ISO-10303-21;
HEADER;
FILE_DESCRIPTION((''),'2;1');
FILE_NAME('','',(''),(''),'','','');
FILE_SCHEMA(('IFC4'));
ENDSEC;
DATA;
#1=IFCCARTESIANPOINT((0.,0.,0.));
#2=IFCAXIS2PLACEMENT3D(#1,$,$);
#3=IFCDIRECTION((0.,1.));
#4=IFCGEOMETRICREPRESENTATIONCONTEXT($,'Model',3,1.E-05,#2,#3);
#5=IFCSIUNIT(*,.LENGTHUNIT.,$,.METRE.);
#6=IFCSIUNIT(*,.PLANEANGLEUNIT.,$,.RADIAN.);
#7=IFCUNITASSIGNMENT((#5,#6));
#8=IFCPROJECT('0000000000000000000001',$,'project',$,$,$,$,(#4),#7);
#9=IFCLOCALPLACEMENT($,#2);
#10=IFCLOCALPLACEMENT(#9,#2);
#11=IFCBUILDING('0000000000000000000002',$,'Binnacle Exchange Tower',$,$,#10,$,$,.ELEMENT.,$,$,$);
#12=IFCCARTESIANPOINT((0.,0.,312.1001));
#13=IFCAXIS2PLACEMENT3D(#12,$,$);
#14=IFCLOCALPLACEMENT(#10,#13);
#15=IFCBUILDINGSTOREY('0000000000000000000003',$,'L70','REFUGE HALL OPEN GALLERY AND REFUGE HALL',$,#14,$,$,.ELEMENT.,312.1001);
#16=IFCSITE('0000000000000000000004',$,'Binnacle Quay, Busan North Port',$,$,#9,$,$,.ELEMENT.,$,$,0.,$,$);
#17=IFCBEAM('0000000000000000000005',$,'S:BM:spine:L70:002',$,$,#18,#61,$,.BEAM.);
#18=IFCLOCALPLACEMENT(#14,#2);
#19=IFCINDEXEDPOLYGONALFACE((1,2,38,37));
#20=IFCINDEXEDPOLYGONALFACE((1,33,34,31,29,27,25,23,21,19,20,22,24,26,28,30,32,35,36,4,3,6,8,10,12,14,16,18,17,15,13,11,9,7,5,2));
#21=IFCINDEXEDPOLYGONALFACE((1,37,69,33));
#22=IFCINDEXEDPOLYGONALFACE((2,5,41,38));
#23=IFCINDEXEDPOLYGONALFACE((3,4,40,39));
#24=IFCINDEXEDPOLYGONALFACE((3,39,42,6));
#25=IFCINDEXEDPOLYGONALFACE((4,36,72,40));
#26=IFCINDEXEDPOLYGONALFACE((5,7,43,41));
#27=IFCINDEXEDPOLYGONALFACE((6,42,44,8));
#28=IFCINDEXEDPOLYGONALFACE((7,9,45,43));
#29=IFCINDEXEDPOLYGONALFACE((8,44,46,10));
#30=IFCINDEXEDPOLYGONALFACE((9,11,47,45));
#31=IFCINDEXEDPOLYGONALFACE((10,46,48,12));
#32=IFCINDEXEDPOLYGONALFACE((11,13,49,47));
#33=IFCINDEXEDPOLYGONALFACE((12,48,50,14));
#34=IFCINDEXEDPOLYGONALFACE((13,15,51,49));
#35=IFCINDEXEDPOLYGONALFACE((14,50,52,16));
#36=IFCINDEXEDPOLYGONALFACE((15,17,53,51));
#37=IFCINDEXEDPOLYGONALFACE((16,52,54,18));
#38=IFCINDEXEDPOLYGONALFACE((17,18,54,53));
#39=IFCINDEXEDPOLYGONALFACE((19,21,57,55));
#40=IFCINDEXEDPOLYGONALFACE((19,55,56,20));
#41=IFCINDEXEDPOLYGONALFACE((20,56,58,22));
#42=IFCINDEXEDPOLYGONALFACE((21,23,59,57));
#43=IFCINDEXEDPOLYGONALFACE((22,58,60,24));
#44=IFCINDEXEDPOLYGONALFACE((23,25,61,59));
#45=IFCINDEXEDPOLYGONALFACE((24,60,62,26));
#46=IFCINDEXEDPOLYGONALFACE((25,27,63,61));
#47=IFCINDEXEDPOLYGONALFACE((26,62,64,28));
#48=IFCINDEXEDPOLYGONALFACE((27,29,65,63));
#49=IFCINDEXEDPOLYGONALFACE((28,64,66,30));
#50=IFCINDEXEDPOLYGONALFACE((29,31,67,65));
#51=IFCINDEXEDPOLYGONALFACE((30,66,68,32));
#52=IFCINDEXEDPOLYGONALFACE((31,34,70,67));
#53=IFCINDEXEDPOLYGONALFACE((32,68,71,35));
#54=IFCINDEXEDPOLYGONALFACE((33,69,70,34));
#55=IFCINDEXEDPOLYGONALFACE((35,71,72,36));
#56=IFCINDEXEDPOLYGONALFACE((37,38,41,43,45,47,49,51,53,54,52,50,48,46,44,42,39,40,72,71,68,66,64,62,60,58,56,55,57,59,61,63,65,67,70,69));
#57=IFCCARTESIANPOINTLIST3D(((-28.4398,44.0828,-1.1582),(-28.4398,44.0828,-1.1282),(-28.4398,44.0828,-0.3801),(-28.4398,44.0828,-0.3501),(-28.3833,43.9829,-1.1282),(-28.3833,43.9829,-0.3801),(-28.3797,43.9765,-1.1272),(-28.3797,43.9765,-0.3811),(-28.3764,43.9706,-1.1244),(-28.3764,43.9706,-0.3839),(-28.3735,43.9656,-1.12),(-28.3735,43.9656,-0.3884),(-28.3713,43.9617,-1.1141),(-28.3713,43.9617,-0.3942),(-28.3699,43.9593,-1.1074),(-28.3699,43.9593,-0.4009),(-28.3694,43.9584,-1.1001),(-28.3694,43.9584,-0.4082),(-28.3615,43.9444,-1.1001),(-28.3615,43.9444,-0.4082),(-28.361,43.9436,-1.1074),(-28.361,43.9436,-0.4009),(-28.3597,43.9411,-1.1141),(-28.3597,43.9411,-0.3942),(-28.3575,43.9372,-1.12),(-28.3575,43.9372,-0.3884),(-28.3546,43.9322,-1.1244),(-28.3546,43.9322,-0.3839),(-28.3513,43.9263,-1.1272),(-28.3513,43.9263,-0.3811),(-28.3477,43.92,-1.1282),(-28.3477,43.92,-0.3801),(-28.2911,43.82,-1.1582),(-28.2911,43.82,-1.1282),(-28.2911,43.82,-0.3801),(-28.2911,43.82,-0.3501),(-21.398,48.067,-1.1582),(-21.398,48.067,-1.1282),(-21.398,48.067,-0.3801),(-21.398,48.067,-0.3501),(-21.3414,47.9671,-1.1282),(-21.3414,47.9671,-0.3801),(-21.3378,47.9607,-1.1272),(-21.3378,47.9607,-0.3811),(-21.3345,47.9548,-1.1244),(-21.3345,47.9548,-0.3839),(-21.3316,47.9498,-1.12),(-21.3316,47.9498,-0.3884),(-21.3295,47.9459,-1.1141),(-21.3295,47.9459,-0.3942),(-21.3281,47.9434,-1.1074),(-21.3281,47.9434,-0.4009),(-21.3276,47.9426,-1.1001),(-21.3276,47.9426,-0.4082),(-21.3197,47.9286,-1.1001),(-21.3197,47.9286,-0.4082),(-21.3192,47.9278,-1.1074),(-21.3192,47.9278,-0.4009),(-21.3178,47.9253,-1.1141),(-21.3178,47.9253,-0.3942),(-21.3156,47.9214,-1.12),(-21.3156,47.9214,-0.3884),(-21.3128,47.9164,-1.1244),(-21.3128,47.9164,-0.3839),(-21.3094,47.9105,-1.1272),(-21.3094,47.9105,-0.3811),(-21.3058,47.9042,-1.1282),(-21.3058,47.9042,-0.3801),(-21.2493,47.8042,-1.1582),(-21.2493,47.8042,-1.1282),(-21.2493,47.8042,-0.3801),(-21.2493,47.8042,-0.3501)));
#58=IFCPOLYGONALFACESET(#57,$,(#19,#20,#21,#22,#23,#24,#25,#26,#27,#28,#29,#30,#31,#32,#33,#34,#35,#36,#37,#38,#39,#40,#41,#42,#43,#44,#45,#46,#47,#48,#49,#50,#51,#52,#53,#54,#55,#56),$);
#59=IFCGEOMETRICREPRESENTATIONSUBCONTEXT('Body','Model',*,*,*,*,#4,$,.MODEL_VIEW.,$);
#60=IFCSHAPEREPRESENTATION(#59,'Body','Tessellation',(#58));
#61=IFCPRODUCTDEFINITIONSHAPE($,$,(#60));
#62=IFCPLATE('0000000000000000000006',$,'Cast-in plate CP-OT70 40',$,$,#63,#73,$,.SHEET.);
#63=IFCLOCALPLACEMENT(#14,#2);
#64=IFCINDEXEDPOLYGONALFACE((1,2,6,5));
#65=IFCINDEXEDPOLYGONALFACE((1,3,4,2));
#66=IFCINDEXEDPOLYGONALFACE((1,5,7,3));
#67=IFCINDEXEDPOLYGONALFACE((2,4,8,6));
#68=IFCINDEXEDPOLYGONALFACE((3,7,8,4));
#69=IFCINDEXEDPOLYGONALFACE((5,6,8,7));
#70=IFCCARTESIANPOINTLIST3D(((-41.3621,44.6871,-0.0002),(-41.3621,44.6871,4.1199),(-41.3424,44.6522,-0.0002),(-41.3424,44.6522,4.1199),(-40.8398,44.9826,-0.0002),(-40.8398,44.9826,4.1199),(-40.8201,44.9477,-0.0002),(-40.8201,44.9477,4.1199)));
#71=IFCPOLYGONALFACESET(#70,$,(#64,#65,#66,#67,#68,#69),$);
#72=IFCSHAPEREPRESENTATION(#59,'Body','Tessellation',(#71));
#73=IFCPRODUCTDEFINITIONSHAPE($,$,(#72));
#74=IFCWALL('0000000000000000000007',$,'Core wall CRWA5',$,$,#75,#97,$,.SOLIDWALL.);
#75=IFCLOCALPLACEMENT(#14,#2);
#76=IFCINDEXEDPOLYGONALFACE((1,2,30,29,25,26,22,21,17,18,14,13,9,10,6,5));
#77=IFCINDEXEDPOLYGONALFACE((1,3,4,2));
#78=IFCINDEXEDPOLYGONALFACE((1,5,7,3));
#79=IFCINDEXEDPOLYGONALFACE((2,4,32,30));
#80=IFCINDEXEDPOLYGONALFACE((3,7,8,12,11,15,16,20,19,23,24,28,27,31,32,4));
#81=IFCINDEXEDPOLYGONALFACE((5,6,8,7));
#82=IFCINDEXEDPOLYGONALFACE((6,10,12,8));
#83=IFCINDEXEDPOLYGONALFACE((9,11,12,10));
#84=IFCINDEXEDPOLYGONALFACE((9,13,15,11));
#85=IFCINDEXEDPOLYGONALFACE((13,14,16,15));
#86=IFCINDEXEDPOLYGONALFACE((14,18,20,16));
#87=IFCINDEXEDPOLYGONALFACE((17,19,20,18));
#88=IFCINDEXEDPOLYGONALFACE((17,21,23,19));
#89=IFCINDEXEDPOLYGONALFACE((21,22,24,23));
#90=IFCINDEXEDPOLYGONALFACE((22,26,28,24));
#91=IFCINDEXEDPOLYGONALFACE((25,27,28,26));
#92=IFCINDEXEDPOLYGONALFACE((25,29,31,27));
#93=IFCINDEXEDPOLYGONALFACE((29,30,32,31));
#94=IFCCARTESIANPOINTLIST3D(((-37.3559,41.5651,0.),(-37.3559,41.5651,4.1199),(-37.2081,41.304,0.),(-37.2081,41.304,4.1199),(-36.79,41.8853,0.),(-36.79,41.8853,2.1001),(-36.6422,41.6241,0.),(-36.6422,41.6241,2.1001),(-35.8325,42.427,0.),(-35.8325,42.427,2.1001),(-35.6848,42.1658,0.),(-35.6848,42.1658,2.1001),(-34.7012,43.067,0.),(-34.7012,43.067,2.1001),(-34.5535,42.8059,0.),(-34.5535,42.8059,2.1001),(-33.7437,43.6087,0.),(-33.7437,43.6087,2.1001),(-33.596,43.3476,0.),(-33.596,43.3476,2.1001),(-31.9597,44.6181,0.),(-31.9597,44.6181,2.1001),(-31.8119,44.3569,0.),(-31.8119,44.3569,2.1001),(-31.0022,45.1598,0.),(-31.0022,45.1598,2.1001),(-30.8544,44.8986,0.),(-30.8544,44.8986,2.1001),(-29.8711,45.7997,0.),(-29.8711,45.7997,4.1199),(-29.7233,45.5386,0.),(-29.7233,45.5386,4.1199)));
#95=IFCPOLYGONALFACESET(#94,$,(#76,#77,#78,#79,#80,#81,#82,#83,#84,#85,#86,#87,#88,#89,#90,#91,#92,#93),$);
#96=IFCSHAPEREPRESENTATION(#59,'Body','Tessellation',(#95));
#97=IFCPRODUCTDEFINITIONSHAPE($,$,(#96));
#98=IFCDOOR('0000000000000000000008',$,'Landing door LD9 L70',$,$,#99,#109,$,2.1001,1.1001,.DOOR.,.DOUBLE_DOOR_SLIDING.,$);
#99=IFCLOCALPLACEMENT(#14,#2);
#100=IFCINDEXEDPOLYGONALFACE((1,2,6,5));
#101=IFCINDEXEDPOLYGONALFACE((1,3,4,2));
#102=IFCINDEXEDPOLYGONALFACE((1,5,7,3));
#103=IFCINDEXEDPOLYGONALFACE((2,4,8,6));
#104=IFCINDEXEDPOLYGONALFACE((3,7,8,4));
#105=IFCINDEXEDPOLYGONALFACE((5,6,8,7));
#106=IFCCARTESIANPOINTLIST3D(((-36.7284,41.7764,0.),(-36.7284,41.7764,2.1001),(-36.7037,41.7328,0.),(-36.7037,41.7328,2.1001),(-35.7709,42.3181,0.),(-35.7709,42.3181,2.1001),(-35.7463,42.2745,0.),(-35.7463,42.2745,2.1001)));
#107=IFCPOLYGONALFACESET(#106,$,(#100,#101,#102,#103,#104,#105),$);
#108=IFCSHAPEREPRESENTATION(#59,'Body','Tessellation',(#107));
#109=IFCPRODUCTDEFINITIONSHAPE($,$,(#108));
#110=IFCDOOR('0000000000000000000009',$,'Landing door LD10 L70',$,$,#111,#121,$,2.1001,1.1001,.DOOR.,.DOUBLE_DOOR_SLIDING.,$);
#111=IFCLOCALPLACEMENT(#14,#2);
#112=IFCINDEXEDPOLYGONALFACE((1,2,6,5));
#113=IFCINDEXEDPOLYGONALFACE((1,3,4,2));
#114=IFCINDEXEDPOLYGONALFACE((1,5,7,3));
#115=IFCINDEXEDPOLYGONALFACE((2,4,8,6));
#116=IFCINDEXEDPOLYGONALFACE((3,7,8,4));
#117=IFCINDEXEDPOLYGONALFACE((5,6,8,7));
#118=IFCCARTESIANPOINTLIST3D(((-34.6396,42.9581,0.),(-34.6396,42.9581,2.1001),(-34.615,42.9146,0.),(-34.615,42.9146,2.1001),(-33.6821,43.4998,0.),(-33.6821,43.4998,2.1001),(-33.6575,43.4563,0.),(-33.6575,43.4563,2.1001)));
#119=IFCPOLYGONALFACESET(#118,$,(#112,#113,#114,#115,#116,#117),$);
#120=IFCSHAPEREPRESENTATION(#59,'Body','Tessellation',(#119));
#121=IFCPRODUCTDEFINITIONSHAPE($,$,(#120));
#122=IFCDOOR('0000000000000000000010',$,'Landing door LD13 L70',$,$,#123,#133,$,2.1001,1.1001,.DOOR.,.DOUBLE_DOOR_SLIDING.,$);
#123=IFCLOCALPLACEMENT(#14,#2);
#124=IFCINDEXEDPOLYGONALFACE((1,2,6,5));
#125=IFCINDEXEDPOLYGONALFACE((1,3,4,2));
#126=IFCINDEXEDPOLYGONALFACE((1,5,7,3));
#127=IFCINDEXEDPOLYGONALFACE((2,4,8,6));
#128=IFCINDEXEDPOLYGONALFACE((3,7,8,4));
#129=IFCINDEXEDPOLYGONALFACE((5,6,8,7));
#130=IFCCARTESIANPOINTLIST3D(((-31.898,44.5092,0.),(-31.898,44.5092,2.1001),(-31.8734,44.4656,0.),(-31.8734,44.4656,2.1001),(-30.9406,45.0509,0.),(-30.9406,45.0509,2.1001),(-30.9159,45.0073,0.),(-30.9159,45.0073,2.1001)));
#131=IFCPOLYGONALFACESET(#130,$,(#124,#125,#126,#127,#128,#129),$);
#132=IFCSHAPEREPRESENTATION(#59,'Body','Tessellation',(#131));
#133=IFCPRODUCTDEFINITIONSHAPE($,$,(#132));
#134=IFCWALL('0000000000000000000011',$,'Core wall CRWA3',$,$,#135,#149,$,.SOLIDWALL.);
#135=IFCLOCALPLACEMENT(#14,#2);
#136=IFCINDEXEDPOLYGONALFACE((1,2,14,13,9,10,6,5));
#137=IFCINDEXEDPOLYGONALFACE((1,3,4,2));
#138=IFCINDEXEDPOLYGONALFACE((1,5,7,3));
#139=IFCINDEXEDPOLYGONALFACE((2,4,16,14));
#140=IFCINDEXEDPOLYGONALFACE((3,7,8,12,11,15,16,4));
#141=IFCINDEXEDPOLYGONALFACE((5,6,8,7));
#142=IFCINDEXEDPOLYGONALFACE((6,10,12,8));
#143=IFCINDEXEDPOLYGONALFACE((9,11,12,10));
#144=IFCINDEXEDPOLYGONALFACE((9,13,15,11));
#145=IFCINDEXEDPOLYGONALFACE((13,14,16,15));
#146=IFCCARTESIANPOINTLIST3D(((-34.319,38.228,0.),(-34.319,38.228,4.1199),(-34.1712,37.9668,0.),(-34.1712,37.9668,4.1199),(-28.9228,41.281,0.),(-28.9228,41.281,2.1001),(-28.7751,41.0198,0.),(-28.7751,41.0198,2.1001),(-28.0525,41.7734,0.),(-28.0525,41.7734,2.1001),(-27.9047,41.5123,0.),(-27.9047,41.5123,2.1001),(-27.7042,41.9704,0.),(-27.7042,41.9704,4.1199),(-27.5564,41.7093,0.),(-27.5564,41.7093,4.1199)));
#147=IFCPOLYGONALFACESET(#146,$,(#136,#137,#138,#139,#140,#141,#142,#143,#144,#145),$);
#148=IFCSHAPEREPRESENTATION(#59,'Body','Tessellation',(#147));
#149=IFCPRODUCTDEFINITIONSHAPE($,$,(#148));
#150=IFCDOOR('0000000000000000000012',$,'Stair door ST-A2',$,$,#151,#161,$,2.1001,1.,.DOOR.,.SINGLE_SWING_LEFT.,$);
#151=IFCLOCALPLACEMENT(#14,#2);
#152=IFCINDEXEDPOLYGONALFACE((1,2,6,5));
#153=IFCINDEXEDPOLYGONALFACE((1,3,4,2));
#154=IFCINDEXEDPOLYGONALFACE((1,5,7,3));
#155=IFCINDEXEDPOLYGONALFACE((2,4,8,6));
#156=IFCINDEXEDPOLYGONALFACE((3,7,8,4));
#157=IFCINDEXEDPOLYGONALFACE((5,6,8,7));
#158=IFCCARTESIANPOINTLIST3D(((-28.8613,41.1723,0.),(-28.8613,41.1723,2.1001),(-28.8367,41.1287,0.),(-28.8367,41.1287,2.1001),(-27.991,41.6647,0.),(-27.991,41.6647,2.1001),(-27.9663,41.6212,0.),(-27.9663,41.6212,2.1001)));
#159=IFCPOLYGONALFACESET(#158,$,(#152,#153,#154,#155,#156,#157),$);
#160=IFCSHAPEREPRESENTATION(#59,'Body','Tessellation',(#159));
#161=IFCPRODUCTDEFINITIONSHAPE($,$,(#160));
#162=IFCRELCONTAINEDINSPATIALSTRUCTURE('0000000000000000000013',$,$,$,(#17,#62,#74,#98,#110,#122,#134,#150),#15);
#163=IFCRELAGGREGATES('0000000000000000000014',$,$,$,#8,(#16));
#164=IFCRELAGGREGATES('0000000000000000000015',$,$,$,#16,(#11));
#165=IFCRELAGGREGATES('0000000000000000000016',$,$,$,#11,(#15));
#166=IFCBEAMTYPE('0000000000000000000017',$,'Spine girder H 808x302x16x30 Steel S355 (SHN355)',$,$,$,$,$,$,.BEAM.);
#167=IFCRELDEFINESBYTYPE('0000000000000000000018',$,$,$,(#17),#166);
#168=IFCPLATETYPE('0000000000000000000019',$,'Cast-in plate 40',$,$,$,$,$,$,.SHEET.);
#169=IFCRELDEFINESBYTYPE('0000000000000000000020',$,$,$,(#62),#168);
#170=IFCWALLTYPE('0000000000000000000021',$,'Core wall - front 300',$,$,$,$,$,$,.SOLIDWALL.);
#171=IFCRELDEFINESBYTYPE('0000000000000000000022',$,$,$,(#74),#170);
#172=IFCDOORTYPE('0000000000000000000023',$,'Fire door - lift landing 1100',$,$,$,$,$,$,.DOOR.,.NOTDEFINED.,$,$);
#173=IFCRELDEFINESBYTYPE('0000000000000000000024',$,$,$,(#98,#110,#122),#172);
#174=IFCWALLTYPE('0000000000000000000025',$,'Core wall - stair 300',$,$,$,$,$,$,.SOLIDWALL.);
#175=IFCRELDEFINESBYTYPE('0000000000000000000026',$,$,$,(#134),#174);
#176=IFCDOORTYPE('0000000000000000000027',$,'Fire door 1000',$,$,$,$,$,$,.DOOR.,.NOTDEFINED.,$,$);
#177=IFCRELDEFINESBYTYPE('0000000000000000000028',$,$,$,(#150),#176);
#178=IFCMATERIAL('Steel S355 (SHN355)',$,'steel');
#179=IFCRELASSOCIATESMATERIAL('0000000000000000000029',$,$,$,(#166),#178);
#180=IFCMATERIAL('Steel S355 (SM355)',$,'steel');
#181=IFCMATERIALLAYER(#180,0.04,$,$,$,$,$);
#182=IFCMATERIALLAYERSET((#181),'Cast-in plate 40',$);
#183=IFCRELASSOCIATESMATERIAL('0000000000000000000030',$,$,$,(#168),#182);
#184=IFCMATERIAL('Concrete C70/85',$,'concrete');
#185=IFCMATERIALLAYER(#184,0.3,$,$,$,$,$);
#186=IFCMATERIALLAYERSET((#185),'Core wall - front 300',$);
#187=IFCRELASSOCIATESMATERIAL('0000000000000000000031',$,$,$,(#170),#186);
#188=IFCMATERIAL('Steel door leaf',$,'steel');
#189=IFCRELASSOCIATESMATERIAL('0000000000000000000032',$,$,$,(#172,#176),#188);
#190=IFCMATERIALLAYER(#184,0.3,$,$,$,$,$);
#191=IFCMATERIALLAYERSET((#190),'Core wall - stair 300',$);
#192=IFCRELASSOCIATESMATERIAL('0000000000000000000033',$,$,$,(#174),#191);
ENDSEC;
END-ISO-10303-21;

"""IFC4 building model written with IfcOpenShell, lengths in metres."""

from ifc_helpers import new_model, si_unit, direction, frame, frame_2d, origin, origin_2d, place, context, subcontext, project, spatial, rectangle, i_section, extrude, material, layer, layer_set, material_profile, profile_set, type_object, element, fill, save


model = new_model("IFC4")

# Units and contexts
model_context = context("Model", 3, precision=1e-05, world=origin(), true_north=direction((0.0, 1.0)))
body_context = subcontext(model_context, "Body", "Model", "MODEL_VIEW")
ifc_project = project(units=[si_unit("LENGTHUNIT", "METRE"), si_unit("PLANEANGLEUNIT", "RADIAN")], contexts=[model_context])

# Site, building, storey
site_placement = place(None, origin())
site = spatial("IfcSite", under=ifc_project, at=site_placement, Name="Binnacle Quay, Busan North Port", CompositionType="ELEMENT", RefElevation=0.0)
building_placement = place(site_placement, origin())
building = spatial("IfcBuilding", under=site, at=building_placement, Name="Binnacle Exchange Tower", CompositionType="ELEMENT")
storey_placement = place(building_placement, frame((0.0, 0.0, 312.1001)))
storey = spatial("IfcBuildingStorey", under=building, at=storey_placement, Name="L70", Description="REFUGE HALL OPEN GALLERY AND REFUGE HALL", CompositionType="ELEMENT", Elevation=312.1001)

# Beam
ifc_material_1 = material(Name="Steel S355 (SHN355)", Category="steel")
ifc_material_profile = material_profile(ifc_material_1, i_section(OverallWidth=0.302, OverallDepth=0.8081, WebThickness=0.0161, FlangeThickness=0.03, FilletRadius=0.0281, at=origin_2d()), Name="H 808x302x16x30")
ifc_profile_set = profile_set([ifc_material_profile], Name="Steel S355 (SHN355)")
beam_type = type_object("IfcBeamType", Name="Spine girder H 808x302x16x30 Steel S355 (SHN355)", PredefinedType="BEAM", material=ifc_profile_set)
beam_placement = place(storey_placement, frame((-28.3655, 43.9514, -0.7542), z_axis=(0.87035, 0.492433, 0.0), x_axis=(-0.492433, 0.87035, 0.0)))
element("IfcBeam", 1, at=beam_placement, inside=storey, type_object=beam_type, Name="S:BM:spine:L70:002", PredefinedType="BEAM", context=body_context, shape_type="SweptSolid", body=[
    extrude(i_section(OverallWidth=0.302, OverallDepth=0.8081, WebThickness=0.0161, FlangeThickness=0.03, FilletRadius=0.0281, at=origin_2d()), origin(), (0.0, 0.0, 1.0), 8.0908),
])

# Plate
ifc_material_2 = material(Name="Steel S355 (SM355)", Category="steel")
ifc_layer_1 = layer(ifc_material_2, 0.04)
ifc_layer_set_1 = layer_set([ifc_layer_1], Name="Cast-in plate 40")
plate_type = type_object("IfcPlateType", Name="Cast-in plate 40", PredefinedType="SHEET", material=ifc_layer_set_1)
plate_placement = place(storey_placement, frame((-41.0911, 44.8174, -0.0002), z_axis=(0.0, 0.0, 1.0), x_axis=(0.492424, -0.870356, 0.0)))
element("IfcPlate", 2, at=plate_placement, inside=storey, type_object=plate_type, Name="Cast-in plate CP-OT70 40", PredefinedType="SHEET", context=body_context, shape_type="SweptSolid", body=[
    extrude(rectangle(XDim=0.04, YDim=0.6001, at=origin_2d()), origin(), (0.0, 0.0, 1.0), 4.1201),
])

# Wall, openings, doors
ifc_material_3 = material(Name="Concrete C70/85", Category="concrete")
ifc_layer_2 = layer(ifc_material_3, 0.3)
ifc_layer_set_2 = layer_set([ifc_layer_2], Name="Core wall - front 300")
wall_type_1 = type_object("IfcWallType", Name="Core wall - front 300", PredefinedType="SOLIDWALL", material=ifc_layer_set_2)
wall_1_placement = place(storey_placement, frame((-37.282, 41.4346, 0.0), z_axis=(0.0, 0.0, 1.0), x_axis=(0.870361, 0.492414, 0.0)))
wall_1 = element("IfcWall", 3, at=wall_1_placement, inside=storey, type_object=wall_type_1, Name="Core wall CRWA5", PredefinedType="SOLIDWALL", context=body_context, shape_type="SweptSolid", body=[
    extrude(rectangle(XDim=8.5996, YDim=0.3, at=frame_2d((4.2998, 0.0))), origin(), (0.0, 0.0, 1.0), 4.1199),
])
opening_1_placement = place(wall_1_placement, frame((0.6501, 0.0, 0.0)))
opening_1 = element("IfcOpeningElement", 4, at=opening_1_placement, cuts=wall_1, PredefinedType="OPENING", context=body_context, shape_type="SweptSolid", body=[
    extrude(rectangle(XDim=1.1001, YDim=2.1001, at=frame_2d((0.55, 1.05))), frame((0.0, 0.1599, 0.0), z_axis=(0.0, -1.0, 0.0), x_axis=(1.0, 0.0, 0.0)), (0.0, 0.0, 1.0), 0.3201),
])
opening_2_placement = place(wall_1_placement, frame((3.05, 0.0, 0.0)))
opening_2 = element("IfcOpeningElement", 5, at=opening_2_placement, cuts=wall_1, PredefinedType="OPENING", context=body_context, shape_type="SweptSolid", body=[
    extrude(rectangle(XDim=1.1001, YDim=2.1001, at=frame_2d((0.55, 1.05))), frame((0.0, 0.1599, 0.0), z_axis=(0.0, -1.0, 0.0), x_axis=(1.0, 0.0, 0.0)), (0.0, 0.0, 1.0), 0.3201),
])
opening_3_placement = place(wall_1_placement, frame((6.2, 0.0, 0.0)))
opening_3 = element("IfcOpeningElement", 6, at=opening_3_placement, cuts=wall_1, PredefinedType="OPENING", context=body_context, shape_type="SweptSolid", body=[
    extrude(rectangle(XDim=1.1001, YDim=2.1001, at=frame_2d((0.55, 1.05))), frame((0.0, 0.1599, 0.0), z_axis=(0.0, -1.0, 0.0), x_axis=(1.0, 0.0, 0.0)), (0.0, 0.0, 1.0), 0.3201),
])
ifc_material_4 = material(Name="Steel door leaf", Category="steel")
door_type_1 = type_object("IfcDoorType", Name="Fire door - lift landing 1100", OperationType="NOTDEFINED", PredefinedType="DOOR", material=ifc_material_4)
door_1_placement = place(opening_1_placement, origin())
door_1 = element("IfcDoor", 7, at=door_1_placement, inside=storey, type_object=door_type_1, Name="Landing door LD9 L70", OperationType="DOUBLE_DOOR_SLIDING", OverallHeight=2.1001, OverallWidth=1.1001, PredefinedType="DOOR", context=body_context, shape_type="SweptSolid", body=[
    extrude(rectangle(XDim=1.1001, YDim=2.1001, at=frame_2d((0.55, 1.05))), frame((0.0, 0.0249, 0.0), z_axis=(0.0, -1.0, 0.0), x_axis=(1.0, 0.0, 0.0)), (0.0, 0.0, 1.0), 0.05),
])
fill(opening_1, door_1)
door_2_placement = place(opening_2_placement, origin())
door_2 = element("IfcDoor", 8, at=door_2_placement, inside=storey, type_object=door_type_1, Name="Landing door LD10 L70", OperationType="DOUBLE_DOOR_SLIDING", OverallHeight=2.1001, OverallWidth=1.1001, PredefinedType="DOOR", context=body_context, shape_type="SweptSolid", body=[
    extrude(rectangle(XDim=1.1001, YDim=2.1001, at=frame_2d((0.55, 1.05))), frame((0.0, 0.0249, 0.0), z_axis=(0.0, -1.0, 0.0), x_axis=(1.0, 0.0, 0.0)), (0.0, 0.0, 1.0), 0.05),
])
fill(opening_2, door_2)
door_3_placement = place(opening_3_placement, origin())
door_3 = element("IfcDoor", 9, at=door_3_placement, inside=storey, type_object=door_type_1, Name="Landing door LD13 L70", OperationType="DOUBLE_DOOR_SLIDING", OverallHeight=2.1001, OverallWidth=1.1001, PredefinedType="DOOR", context=body_context, shape_type="SweptSolid", body=[
    extrude(rectangle(XDim=1.1001, YDim=2.1001, at=frame_2d((0.55, 1.05))), frame((0.0, 0.0249, 0.0), z_axis=(0.0, -1.0, 0.0), x_axis=(1.0, 0.0, 0.0)), (0.0, 0.0, 1.0), 0.05),
])
fill(opening_3, door_3)

# Wall, opening, door
ifc_layer_3 = layer(ifc_material_3, 0.3)
ifc_layer_set_3 = layer_set([ifc_layer_3], Name="Core wall - stair 300")
wall_type_2 = type_object("IfcWallType", Name="Core wall - stair 300", PredefinedType="SOLIDWALL", material=ifc_layer_set_3)
wall_2_placement = place(storey_placement, frame((-34.2451, 38.0974, 0.0), z_axis=(0.0, 0.0, 1.0), x_axis=(0.870356, 0.492422, 0.0)))
wall_2 = element("IfcWall", 10, at=wall_2_placement, inside=storey, type_object=wall_type_2, Name="Core wall CRWA3", PredefinedType="SOLIDWALL", context=body_context, shape_type="SweptSolid", body=[
    extrude(rectangle(XDim=7.6001, YDim=0.3, at=frame_2d((3.8, 0.0))), origin(), (0.0, 0.0, 1.0), 4.1199),
])
opening_4_placement = place(wall_2_placement, frame((6.2, 0.0, 0.0)))
opening_4 = element("IfcOpeningElement", 11, at=opening_4_placement, cuts=wall_2, PredefinedType="OPENING", context=body_context, shape_type="SweptSolid", body=[
    extrude(rectangle(XDim=1.0, YDim=2.1001, at=frame_2d((0.5, 1.05))), frame((0.0, 0.1599, 0.0), z_axis=(0.0, -1.0, 0.0), x_axis=(1.0, 0.0, 0.0)), (0.0, 0.0, 1.0), 0.3201),
])
door_type_2 = type_object("IfcDoorType", Name="Fire door 1000", OperationType="NOTDEFINED", PredefinedType="DOOR", material=ifc_material_4)
door_4_placement = place(opening_4_placement, frame((1.0, 0.0, 0.0), z_axis=(0.0, 0.0, 1.0), x_axis=(-1.0, 0.0, 0.0)))
door_4 = element("IfcDoor", 12, at=door_4_placement, inside=storey, type_object=door_type_2, Name="Stair door ST-A2", OperationType="SINGLE_SWING_LEFT", OverallHeight=2.1001, OverallWidth=1.0, PredefinedType="DOOR", context=body_context, shape_type="SweptSolid", body=[
    extrude(rectangle(XDim=1.0, YDim=2.1001, at=frame_2d((0.5, 1.05))), frame((0.0, 0.0249, 0.0), z_axis=(0.0, -1.0, 0.0), x_axis=(1.0, 0.0, 0.0)), (0.0, 0.0, 1.0), 0.05),
])
fill(opening_4, door_4)

save(model, "model.ifc")
